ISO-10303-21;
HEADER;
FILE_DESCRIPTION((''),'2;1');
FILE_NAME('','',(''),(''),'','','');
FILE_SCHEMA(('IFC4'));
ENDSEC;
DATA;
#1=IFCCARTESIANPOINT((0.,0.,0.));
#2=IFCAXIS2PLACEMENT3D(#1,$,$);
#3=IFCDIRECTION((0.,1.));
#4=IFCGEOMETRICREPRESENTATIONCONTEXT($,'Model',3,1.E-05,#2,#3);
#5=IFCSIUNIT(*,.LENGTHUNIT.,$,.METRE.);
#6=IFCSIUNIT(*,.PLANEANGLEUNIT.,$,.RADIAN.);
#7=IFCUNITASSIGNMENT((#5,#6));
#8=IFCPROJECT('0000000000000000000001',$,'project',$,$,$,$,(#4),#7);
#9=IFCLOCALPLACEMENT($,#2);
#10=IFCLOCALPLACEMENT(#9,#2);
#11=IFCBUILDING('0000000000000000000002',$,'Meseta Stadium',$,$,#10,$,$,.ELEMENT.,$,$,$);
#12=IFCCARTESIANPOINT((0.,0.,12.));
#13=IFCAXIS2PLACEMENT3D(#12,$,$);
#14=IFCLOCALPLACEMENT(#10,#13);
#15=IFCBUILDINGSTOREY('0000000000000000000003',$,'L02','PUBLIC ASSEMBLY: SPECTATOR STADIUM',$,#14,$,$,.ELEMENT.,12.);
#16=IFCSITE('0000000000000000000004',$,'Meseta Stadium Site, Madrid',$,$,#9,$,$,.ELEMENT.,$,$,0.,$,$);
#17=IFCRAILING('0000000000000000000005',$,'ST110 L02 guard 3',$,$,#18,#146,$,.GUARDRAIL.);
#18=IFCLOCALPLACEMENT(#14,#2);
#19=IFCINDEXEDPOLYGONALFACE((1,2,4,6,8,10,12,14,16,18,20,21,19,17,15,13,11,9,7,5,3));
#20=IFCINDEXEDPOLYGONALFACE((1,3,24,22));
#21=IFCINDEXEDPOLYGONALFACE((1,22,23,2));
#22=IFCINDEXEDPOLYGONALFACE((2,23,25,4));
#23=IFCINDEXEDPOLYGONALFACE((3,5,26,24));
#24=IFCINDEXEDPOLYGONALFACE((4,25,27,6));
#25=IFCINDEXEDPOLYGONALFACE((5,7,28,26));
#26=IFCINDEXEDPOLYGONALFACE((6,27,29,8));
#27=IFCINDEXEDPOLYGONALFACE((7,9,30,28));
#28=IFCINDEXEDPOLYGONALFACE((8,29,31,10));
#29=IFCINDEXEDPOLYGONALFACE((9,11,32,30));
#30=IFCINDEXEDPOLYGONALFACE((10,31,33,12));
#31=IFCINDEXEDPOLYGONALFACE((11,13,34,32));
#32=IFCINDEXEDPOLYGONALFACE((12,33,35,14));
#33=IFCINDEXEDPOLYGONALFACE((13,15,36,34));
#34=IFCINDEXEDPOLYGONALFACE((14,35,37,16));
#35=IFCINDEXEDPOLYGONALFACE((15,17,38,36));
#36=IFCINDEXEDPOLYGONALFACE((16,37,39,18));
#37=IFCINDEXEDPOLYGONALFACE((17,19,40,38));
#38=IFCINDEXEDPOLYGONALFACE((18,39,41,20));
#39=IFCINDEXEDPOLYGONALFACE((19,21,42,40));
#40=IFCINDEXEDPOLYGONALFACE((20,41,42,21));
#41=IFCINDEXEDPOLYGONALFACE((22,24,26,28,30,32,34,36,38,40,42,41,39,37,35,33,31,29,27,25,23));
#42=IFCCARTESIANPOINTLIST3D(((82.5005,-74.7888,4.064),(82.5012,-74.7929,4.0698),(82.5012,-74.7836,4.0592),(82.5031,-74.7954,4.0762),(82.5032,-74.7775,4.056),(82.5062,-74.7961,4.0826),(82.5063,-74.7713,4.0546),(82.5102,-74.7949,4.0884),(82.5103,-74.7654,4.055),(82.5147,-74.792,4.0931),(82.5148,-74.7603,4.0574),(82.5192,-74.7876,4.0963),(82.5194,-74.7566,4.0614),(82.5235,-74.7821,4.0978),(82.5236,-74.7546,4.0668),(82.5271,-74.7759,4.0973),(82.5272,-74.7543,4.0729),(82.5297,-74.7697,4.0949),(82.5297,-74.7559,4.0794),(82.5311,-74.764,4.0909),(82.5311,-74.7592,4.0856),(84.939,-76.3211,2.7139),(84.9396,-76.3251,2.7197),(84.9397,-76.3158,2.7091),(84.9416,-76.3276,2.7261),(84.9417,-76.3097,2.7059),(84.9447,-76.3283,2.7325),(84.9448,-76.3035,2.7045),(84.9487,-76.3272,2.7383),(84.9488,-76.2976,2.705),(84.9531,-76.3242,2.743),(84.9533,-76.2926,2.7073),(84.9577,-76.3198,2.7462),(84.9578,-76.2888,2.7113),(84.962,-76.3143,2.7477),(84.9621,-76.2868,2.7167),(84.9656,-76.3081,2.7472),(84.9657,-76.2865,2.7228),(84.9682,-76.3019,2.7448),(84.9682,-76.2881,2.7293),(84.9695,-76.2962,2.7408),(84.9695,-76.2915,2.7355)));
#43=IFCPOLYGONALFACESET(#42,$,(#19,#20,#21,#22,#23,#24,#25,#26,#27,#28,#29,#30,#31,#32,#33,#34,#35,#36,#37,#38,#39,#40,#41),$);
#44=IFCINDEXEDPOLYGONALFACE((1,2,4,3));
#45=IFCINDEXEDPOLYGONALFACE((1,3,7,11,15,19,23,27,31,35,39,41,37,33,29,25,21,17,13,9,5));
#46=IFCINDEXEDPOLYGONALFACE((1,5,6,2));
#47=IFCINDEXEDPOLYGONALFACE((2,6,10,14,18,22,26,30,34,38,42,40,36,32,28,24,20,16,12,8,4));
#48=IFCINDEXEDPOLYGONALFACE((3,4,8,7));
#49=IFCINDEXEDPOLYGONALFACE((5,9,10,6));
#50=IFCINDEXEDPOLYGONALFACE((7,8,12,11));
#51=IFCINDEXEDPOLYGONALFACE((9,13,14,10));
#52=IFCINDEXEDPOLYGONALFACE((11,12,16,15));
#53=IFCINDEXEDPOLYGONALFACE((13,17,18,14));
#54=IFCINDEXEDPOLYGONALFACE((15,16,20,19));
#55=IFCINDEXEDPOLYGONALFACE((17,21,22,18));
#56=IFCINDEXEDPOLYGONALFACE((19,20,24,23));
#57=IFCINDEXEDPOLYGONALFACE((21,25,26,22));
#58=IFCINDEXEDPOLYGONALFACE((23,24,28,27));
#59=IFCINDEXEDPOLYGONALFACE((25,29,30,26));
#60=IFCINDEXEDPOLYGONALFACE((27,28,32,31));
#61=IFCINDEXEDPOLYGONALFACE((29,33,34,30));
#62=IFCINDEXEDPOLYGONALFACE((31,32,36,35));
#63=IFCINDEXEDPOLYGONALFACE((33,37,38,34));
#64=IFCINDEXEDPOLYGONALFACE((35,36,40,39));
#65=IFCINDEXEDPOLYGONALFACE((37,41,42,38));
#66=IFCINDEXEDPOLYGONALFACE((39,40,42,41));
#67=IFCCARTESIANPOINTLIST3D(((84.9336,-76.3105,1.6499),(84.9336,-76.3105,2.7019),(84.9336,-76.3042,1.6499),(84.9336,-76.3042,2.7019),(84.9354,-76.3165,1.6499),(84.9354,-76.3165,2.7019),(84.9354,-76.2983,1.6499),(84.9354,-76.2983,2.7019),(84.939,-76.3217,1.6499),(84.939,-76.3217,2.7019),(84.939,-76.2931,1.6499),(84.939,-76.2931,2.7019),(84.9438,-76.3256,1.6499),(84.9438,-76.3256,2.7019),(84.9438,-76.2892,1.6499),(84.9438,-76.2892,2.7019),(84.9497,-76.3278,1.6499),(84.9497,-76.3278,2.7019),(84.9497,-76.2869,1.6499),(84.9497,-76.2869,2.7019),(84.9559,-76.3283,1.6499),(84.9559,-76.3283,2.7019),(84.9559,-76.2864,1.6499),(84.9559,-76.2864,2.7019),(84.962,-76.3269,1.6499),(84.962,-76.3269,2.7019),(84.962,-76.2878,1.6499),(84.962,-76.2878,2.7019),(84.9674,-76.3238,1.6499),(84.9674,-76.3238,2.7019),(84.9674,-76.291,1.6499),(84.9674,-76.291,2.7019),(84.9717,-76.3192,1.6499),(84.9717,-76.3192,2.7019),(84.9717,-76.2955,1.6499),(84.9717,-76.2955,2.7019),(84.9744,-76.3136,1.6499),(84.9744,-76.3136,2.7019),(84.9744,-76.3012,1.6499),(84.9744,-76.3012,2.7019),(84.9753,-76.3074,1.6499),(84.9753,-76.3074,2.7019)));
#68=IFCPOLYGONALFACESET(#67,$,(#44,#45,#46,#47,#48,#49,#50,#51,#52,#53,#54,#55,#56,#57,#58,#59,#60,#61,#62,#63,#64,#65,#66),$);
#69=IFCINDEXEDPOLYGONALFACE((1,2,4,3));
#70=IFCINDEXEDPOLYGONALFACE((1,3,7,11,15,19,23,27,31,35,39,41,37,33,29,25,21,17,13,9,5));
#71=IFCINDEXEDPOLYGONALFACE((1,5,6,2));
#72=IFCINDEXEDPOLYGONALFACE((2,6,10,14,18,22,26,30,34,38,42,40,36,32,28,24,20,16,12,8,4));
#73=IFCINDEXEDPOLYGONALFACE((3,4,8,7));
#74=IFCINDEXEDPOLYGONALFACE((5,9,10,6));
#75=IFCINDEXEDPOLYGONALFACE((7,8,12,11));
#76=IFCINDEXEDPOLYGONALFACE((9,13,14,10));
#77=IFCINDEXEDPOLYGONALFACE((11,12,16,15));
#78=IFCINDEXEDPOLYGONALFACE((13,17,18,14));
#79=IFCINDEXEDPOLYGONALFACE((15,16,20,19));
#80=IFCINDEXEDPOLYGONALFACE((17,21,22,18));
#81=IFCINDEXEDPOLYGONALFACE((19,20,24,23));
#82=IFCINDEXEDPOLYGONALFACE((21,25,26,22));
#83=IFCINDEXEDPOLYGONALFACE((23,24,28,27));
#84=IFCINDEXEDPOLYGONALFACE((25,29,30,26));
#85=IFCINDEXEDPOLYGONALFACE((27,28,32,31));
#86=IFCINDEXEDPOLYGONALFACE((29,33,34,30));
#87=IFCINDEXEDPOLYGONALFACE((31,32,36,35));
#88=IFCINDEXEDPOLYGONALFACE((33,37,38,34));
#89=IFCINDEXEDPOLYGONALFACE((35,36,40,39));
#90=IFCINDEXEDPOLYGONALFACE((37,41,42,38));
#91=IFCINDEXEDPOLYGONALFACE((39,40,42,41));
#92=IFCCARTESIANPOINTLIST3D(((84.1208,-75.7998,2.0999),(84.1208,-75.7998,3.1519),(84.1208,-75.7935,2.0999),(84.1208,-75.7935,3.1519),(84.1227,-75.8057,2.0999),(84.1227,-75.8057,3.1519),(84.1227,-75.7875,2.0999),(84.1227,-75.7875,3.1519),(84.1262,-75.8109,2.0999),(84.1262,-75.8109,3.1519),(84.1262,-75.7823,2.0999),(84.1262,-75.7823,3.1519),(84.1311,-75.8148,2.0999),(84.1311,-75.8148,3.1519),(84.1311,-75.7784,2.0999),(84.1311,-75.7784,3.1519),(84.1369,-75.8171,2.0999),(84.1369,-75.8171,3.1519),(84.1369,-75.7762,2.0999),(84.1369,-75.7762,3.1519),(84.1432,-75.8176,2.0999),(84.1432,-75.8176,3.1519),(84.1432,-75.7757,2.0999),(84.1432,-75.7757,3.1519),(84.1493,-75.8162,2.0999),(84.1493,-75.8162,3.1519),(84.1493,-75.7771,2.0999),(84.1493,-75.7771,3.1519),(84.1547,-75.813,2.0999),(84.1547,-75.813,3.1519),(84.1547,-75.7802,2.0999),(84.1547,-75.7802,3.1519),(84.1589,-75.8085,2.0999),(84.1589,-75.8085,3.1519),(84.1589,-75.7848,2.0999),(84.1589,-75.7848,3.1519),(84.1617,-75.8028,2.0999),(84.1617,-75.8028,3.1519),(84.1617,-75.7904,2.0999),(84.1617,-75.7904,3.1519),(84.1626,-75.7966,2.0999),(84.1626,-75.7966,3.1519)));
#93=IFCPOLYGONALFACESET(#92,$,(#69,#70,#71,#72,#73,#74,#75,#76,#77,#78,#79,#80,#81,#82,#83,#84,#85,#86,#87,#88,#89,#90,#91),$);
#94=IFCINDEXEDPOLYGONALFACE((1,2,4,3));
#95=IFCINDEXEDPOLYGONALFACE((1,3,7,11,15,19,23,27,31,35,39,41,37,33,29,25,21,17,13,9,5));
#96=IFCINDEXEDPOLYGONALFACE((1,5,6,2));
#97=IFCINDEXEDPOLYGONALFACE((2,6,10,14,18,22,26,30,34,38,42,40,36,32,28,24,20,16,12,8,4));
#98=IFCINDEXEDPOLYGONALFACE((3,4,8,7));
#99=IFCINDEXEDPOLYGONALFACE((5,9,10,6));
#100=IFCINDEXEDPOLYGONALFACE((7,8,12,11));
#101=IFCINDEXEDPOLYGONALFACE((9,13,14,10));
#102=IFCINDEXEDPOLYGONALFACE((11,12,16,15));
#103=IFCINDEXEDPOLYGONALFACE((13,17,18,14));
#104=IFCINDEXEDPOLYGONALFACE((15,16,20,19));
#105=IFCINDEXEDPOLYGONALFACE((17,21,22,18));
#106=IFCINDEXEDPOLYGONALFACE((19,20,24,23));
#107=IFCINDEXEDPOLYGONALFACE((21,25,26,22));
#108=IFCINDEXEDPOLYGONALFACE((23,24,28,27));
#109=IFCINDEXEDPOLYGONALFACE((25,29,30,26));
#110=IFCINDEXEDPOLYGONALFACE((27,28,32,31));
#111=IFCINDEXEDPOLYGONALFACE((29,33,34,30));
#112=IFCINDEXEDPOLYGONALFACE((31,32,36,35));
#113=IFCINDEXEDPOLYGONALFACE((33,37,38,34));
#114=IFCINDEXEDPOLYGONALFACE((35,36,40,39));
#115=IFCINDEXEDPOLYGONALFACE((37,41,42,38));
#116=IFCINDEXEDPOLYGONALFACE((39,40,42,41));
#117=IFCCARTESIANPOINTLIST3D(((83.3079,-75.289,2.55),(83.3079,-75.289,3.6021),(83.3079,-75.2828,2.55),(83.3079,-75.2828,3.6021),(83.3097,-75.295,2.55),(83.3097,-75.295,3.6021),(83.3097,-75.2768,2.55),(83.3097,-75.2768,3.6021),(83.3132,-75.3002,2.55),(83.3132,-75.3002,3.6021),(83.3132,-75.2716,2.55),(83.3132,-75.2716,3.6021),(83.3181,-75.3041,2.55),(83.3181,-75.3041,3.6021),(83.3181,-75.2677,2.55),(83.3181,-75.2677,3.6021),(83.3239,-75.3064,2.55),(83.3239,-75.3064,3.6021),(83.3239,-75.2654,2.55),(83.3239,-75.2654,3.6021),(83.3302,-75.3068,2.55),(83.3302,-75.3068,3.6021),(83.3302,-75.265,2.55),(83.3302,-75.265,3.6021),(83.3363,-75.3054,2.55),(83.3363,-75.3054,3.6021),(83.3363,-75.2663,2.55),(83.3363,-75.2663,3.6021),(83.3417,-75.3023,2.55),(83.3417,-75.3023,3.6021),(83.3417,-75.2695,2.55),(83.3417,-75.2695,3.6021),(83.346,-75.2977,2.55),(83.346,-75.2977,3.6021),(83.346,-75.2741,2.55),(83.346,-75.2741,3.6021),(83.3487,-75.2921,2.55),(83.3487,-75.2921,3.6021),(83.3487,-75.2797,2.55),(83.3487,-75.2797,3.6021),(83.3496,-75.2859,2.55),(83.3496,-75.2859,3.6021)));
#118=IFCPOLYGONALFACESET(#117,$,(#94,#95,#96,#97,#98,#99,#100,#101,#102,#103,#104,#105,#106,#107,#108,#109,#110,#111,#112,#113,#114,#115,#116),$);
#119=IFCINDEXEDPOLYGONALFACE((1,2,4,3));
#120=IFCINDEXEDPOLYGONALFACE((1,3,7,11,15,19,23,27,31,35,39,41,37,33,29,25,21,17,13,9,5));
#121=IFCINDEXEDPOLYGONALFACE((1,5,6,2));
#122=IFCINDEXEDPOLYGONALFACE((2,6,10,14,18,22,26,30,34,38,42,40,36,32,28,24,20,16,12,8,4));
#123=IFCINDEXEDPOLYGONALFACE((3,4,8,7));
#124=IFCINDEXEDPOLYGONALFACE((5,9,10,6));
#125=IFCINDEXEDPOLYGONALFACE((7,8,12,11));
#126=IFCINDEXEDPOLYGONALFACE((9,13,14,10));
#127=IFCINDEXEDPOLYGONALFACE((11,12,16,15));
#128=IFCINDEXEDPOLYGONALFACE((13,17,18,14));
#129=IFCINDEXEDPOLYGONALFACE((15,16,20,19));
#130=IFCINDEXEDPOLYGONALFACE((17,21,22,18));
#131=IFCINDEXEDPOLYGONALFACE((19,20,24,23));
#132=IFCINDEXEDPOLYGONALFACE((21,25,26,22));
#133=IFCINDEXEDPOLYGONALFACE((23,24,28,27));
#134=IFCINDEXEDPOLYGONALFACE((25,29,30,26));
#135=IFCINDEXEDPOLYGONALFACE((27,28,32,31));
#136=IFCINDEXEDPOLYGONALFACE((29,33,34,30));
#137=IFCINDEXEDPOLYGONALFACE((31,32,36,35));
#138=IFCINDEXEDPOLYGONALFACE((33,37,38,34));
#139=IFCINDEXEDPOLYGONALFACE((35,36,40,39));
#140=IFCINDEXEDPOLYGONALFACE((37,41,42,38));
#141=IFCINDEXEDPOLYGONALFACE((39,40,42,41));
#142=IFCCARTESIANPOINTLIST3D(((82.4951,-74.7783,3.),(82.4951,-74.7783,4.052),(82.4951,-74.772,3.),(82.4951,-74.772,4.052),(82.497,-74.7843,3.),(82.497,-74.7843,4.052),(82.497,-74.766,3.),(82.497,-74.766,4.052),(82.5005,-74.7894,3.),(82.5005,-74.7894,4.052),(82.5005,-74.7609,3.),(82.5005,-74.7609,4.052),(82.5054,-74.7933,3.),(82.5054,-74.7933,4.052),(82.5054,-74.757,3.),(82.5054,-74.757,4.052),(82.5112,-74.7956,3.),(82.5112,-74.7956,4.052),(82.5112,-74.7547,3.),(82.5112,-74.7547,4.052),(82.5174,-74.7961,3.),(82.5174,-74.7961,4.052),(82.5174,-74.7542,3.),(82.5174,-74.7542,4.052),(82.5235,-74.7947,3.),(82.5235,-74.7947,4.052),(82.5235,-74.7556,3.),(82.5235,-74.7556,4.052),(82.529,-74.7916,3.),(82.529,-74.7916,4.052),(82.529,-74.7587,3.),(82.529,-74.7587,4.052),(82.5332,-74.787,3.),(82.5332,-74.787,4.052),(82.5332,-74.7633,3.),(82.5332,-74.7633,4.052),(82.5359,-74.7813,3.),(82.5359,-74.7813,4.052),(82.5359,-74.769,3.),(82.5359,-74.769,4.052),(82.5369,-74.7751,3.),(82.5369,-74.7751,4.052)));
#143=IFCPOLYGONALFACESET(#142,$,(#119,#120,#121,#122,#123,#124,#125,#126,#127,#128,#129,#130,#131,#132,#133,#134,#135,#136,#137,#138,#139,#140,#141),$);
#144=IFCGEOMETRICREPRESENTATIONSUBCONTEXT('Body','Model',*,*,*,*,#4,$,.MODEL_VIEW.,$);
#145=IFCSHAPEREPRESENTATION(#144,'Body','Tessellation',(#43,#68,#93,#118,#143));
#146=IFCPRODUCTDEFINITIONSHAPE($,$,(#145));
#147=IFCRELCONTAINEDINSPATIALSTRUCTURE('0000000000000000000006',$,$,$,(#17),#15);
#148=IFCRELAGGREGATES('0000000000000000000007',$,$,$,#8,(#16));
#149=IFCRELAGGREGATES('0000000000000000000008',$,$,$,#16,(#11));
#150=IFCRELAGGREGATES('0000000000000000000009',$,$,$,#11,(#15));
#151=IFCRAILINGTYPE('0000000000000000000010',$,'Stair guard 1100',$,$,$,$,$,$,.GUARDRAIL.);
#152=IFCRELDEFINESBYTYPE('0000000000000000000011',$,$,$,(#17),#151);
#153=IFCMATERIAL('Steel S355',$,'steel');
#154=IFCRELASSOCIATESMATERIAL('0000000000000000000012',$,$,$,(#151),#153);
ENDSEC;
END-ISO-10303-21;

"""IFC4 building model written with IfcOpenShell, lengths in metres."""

from ifc_helpers import new_model, si_unit, direction, frame, origin, origin_2d, place, context, subcontext, project, spatial, circle, extrude, material, type_object, element, save


model = new_model("IFC4")

# Units and contexts
model_context = context("Model", 3, precision=1e-05, world=origin(), true_north=direction((0.0, 1.0)))
body_context = subcontext(model_context, "Body", "Model", "MODEL_VIEW")
ifc_project = project(units=[si_unit("LENGTHUNIT", "METRE"), si_unit("PLANEANGLEUNIT", "RADIAN")], contexts=[model_context])

# Site, building, storey
site_placement = place(None, origin())
site = spatial("IfcSite", under=ifc_project, at=site_placement, Name="Meseta Stadium Site, Madrid", CompositionType="ELEMENT", RefElevation=0.0)
building_placement = place(site_placement, origin())
building = spatial("IfcBuilding", under=site, at=building_placement, Name="Meseta Stadium", CompositionType="ELEMENT")
storey_placement = place(building_placement, frame((0.0, 0.0, 12.0)))
storey = spatial("IfcBuildingStorey", under=building, at=storey_placement, Name="L02", Description="PUBLIC ASSEMBLY: SPECTATOR STADIUM", CompositionType="ELEMENT", Elevation=12.0)

# Railing
ifc_material_1 = material(Name="Steel S355", Category="steel")
railing_type_1 = type_object("IfcRailingType", Name="Stair guard 1100", PredefinedType="GUARDRAIL", material=ifc_material_1)
railing_1_placement = place(storey_placement, frame((84.9543, -76.3074, 1.6499)))
element("IfcRailing", 1, at=railing_1_placement, inside=storey, type_object=railing_type_1, Name="ST110 L02 guard 3", PredefinedType="GUARDRAIL", context=body_context, shape_type="SweptSolid", body=[
    extrude(circle(Radius=0.0239, at=origin_2d()), frame((0.0, 0.0, 1.0762), z_axis=(-0.766655, 0.481731, 0.42447), x_axis=(-0.53204, -0.846719, 0.0)), (0.0, 0.0, 1.0), 3.1807),
    extrude(circle(Radius=0.021, at=origin_2d()), origin(), (0.0, 0.0, 1.0), 1.052),
    extrude(circle(Radius=0.021, at=origin_2d()), frame((-0.8127, 0.5107, 0.45)), (0.0, 0.0, 1.0), 1.052),
    extrude(circle(Radius=0.021, at=origin_2d()), frame((-1.6257, 1.0215, 0.9001)), (0.0, 0.0, 1.0), 1.052),
    extrude(circle(Radius=0.021, at=origin_2d()), frame((-2.4385, 1.5322, 1.3501)), (0.0, 0.0, 1.0), 1.052),
])

save(model, "model.ifc")
